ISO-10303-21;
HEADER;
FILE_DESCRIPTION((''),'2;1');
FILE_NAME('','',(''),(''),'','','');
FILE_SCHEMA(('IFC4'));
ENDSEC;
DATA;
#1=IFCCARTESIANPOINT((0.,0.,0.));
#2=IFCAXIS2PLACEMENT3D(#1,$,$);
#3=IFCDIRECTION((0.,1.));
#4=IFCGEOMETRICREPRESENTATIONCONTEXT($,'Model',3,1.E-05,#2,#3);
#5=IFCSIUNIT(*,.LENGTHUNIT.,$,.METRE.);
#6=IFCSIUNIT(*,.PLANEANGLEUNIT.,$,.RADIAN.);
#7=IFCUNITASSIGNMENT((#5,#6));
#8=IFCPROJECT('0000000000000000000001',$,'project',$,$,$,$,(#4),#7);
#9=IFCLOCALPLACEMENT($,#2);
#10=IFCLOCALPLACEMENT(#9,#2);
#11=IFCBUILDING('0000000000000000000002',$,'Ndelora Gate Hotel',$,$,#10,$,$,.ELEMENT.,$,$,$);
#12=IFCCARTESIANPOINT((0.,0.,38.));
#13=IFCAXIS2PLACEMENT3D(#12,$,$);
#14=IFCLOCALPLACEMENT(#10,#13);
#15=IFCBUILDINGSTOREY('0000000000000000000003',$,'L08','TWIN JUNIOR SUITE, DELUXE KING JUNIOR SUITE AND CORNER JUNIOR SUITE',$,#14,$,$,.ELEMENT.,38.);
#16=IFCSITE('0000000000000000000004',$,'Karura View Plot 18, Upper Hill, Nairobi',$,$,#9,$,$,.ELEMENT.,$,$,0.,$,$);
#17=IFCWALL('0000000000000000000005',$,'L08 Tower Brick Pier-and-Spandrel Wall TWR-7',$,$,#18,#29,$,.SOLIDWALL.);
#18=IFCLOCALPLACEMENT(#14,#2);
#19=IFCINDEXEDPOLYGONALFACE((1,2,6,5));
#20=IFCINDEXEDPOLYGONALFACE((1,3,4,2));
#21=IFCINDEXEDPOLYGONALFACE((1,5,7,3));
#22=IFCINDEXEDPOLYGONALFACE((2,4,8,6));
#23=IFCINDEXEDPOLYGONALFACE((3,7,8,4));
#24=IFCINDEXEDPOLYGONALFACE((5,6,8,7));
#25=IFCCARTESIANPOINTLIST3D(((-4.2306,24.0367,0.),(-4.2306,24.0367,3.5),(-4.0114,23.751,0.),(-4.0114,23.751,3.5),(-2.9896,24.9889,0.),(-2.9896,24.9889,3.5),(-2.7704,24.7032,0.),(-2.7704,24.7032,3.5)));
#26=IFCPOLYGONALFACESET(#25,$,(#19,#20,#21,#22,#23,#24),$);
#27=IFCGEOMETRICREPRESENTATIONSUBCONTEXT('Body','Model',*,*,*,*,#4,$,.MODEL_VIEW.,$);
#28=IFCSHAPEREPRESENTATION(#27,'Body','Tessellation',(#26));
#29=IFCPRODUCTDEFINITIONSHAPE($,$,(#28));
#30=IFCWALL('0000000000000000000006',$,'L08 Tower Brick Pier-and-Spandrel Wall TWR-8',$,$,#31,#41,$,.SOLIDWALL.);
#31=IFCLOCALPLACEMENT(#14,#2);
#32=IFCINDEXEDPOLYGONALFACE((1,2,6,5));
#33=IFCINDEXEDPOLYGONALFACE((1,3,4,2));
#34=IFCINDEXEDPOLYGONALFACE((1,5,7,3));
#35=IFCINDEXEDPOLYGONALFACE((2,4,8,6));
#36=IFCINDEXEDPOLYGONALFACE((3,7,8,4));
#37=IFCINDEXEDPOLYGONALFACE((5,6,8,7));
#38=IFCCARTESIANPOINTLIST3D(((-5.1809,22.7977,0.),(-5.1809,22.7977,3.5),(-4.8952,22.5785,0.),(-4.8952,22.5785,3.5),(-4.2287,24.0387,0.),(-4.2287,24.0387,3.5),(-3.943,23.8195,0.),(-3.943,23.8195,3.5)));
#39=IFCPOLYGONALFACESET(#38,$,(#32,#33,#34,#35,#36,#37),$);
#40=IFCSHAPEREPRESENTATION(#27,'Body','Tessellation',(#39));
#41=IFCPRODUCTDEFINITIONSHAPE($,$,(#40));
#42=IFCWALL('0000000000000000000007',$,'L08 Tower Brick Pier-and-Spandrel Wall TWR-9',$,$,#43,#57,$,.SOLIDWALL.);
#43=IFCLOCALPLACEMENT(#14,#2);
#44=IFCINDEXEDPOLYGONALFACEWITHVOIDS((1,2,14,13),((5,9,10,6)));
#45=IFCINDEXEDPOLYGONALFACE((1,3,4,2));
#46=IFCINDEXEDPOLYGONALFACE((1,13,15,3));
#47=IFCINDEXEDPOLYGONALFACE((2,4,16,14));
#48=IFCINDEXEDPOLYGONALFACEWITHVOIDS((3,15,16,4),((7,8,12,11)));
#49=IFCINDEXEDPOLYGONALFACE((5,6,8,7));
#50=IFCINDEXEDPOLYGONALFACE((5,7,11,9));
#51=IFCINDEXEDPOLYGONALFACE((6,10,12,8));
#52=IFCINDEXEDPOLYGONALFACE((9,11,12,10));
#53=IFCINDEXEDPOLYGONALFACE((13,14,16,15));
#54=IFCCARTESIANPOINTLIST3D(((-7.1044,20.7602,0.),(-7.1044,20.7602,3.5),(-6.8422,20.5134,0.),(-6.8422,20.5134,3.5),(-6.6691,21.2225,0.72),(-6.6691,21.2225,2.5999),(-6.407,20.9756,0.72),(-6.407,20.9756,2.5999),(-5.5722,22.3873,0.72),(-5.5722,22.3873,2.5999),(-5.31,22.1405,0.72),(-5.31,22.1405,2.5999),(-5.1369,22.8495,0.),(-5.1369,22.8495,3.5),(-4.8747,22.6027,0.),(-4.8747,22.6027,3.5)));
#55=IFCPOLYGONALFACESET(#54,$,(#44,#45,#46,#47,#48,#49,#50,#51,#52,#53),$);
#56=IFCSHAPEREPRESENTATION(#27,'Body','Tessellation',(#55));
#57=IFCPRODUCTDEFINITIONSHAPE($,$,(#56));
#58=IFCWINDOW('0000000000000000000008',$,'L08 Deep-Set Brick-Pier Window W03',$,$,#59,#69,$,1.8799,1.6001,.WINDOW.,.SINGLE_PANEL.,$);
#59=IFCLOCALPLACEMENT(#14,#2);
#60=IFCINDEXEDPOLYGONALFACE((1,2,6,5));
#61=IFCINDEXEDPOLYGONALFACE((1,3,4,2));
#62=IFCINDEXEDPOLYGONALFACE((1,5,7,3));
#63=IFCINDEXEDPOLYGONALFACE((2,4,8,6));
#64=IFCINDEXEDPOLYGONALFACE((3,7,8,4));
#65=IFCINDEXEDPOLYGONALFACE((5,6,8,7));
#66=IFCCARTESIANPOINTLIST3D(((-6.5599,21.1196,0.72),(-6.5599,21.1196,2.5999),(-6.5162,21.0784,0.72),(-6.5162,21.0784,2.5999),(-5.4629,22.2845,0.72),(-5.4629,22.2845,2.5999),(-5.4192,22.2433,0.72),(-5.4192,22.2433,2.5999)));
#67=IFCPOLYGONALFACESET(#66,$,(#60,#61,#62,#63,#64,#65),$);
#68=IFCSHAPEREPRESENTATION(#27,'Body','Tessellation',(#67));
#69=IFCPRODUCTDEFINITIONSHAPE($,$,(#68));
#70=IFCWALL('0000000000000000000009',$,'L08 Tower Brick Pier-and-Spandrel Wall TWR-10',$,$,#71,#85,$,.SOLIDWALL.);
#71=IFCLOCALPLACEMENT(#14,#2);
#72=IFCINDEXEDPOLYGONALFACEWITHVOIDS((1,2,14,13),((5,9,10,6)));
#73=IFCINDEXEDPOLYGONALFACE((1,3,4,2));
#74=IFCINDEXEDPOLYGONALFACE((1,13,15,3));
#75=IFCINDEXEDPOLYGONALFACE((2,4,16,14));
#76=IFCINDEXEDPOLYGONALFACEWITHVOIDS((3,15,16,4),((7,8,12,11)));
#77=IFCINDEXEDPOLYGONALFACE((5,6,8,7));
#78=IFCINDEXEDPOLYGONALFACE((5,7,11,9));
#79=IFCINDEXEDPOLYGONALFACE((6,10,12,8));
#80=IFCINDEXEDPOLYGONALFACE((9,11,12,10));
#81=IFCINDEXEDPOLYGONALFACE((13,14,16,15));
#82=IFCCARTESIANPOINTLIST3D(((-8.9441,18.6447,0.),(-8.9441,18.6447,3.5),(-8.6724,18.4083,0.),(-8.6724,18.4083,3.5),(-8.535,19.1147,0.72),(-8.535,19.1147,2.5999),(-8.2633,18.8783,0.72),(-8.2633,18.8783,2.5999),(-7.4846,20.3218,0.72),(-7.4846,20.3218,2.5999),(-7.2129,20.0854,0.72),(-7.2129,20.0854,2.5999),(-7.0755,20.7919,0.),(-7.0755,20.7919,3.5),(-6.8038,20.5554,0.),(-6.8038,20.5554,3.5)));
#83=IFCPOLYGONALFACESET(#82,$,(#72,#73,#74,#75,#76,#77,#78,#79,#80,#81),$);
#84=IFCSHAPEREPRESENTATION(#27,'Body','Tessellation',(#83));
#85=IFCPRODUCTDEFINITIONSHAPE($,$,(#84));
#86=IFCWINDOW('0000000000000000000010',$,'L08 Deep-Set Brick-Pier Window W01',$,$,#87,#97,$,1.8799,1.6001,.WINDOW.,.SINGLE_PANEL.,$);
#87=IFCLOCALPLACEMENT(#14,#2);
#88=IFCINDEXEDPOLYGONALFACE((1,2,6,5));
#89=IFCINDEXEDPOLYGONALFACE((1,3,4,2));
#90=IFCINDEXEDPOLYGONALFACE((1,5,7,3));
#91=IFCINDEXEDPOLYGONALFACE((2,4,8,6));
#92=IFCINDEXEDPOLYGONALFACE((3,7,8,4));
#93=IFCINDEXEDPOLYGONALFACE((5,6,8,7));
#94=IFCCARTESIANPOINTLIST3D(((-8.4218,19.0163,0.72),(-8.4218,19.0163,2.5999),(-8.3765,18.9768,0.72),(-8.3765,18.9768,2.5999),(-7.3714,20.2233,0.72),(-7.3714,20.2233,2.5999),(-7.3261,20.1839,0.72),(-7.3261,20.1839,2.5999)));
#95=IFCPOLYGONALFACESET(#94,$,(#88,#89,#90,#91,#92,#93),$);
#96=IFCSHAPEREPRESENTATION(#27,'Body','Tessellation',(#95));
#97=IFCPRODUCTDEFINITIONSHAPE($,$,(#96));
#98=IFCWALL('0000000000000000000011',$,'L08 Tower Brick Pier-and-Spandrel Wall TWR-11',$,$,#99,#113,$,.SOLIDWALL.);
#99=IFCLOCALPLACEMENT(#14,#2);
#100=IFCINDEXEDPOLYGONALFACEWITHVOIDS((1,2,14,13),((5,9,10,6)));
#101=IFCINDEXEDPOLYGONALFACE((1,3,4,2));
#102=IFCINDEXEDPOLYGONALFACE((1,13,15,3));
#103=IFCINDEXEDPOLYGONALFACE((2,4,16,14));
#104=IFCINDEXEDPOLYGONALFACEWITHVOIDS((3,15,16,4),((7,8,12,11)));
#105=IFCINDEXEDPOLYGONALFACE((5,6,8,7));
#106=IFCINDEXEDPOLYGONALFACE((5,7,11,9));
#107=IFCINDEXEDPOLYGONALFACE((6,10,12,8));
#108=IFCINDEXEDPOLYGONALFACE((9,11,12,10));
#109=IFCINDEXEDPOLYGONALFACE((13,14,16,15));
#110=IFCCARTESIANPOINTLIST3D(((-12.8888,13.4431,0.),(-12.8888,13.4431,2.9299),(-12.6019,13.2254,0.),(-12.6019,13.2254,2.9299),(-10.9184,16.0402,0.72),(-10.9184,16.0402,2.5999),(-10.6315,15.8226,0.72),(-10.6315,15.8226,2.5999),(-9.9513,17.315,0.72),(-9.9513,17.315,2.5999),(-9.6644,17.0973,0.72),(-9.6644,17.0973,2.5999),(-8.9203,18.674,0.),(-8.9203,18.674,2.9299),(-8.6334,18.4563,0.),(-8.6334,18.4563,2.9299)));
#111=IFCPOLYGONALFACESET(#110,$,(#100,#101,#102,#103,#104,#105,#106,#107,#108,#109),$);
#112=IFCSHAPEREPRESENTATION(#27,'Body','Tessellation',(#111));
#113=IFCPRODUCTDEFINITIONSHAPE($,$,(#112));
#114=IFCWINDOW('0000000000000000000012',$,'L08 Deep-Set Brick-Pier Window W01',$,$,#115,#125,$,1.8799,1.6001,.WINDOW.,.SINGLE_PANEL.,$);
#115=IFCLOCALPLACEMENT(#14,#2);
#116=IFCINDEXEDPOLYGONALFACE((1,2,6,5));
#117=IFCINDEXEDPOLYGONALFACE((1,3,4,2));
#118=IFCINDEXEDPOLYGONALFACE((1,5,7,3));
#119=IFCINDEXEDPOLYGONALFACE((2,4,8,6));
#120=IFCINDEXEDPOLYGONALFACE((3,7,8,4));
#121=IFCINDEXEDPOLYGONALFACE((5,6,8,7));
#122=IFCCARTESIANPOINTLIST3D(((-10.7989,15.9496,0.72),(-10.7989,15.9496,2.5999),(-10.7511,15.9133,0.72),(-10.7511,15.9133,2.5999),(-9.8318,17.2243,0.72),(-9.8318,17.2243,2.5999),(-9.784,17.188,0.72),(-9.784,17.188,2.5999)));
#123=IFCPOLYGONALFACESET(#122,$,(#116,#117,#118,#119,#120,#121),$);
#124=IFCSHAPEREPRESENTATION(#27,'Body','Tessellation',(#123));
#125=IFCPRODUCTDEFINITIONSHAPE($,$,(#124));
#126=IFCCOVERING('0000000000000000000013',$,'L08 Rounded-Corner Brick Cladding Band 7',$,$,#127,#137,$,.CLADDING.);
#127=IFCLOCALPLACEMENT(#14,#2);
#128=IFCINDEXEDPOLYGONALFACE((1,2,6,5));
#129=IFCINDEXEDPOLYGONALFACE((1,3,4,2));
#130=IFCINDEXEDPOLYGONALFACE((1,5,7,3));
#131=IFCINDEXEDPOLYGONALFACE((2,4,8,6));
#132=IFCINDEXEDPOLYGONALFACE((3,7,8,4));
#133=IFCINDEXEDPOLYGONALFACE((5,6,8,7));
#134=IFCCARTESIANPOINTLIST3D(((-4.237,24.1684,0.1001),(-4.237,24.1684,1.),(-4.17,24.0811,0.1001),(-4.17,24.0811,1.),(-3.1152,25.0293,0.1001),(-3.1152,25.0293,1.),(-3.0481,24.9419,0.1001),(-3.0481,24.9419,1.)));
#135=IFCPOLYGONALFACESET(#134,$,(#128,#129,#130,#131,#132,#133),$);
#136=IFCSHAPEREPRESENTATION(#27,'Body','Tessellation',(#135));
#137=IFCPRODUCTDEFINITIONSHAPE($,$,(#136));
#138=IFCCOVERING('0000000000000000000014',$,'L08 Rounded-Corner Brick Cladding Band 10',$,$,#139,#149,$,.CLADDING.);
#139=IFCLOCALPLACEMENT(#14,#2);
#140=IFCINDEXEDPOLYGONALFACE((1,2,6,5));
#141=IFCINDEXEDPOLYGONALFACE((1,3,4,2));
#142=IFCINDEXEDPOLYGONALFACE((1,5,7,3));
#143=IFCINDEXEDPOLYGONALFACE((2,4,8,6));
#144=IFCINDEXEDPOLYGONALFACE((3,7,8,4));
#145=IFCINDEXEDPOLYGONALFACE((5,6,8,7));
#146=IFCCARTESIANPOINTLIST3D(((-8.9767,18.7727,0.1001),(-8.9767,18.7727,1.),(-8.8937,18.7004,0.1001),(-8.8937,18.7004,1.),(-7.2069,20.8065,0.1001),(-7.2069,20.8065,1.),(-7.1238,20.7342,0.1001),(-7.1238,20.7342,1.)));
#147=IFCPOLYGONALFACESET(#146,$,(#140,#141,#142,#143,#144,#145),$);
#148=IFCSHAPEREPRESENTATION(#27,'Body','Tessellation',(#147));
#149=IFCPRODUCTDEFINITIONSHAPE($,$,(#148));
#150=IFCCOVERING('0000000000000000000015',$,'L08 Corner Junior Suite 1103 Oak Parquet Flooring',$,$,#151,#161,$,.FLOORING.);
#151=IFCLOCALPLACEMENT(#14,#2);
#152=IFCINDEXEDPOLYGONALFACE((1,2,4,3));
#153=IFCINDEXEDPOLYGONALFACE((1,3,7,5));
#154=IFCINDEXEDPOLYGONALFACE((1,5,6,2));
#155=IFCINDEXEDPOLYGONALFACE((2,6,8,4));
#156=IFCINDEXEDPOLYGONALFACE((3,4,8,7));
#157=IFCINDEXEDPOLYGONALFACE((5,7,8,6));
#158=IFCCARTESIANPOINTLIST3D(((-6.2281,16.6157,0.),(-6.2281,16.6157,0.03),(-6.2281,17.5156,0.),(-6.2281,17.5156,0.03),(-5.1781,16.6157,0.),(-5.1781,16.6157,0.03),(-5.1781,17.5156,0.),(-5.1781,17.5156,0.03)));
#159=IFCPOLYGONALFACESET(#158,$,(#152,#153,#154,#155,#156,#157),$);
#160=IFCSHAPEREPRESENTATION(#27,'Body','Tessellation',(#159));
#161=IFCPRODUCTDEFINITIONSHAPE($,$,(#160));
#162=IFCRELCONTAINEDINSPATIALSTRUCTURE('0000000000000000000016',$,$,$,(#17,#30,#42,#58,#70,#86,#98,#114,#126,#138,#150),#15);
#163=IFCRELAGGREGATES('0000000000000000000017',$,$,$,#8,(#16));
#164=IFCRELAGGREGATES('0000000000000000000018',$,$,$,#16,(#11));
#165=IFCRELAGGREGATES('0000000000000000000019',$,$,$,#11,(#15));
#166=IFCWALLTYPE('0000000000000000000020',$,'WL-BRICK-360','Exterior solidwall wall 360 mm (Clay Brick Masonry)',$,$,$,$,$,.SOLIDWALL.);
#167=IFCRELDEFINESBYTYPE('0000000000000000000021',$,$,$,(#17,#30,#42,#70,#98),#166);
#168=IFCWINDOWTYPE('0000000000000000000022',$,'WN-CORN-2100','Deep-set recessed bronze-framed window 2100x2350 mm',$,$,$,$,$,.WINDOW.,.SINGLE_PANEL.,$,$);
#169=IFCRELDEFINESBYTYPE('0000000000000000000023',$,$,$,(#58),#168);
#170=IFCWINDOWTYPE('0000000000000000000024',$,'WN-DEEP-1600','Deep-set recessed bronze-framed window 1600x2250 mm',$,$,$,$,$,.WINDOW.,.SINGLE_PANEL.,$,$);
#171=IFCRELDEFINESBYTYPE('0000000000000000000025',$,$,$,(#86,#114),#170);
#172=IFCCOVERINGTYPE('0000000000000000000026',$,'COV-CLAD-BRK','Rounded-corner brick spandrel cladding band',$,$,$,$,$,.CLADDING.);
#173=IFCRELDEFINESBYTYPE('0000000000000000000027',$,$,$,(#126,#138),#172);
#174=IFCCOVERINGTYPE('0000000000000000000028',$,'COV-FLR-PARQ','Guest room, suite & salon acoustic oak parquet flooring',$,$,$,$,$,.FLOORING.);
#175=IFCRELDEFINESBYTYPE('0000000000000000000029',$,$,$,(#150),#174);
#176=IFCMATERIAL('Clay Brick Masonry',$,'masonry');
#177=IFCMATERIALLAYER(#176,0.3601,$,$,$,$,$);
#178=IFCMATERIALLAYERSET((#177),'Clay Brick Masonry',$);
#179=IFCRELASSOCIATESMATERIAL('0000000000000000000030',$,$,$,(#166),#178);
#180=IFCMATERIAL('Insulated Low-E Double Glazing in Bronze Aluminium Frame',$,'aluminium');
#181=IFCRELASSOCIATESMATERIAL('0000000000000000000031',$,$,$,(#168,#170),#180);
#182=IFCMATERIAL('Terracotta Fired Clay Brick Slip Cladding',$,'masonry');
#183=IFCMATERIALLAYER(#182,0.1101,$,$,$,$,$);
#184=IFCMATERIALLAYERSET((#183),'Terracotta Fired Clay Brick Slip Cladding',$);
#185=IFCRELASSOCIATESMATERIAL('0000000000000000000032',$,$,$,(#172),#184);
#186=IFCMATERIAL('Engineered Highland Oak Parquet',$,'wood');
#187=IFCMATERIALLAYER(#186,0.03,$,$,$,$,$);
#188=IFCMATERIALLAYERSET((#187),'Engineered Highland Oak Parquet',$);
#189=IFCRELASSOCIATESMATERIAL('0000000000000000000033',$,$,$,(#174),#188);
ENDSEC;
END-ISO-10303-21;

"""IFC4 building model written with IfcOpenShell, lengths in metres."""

from ifc_helpers import new_model, si_unit, direction, frame, frame_2d, origin, origin_2d, place, context, subcontext, project, spatial, rectangle, extrude, material, layer, layer_set, type_object, element, fill, save


model = new_model("IFC4")

# Units and contexts
model_context = context("Model", 3, precision=1e-05, world=origin(), true_north=direction((0.0, 1.0)))
body_context = subcontext(model_context, "Body", "Model", "MODEL_VIEW")
ifc_project = project(units=[si_unit("LENGTHUNIT", "METRE"), si_unit("PLANEANGLEUNIT", "RADIAN")], contexts=[model_context])

# Site, building, storey
site_placement = place(None, origin())
site = spatial("IfcSite", under=ifc_project, at=site_placement, Name="Karura View Plot 18, Upper Hill, Nairobi", CompositionType="ELEMENT", RefElevation=0.0)
building_placement = place(site_placement, origin())
building = spatial("IfcBuilding", under=site, at=building_placement, Name="Ndelora Gate Hotel", CompositionType="ELEMENT")
storey_placement = place(building_placement, frame((0.0, 0.0, 38.0)))
storey = spatial("IfcBuildingStorey", under=building, at=storey_placement, Name="L08", Description="TWIN JUNIOR SUITE, DELUXE KING JUNIOR SUITE AND CORNER JUNIOR SUITE", CompositionType="ELEMENT", Elevation=38.0)

# Walls
ifc_material_1 = material(Name="Clay Brick Masonry", Category="masonry")
ifc_layer_1 = layer(ifc_material_1, 0.3601)
ifc_layer_set_1 = layer_set([ifc_layer_1], Name="Clay Brick Masonry")
wall_type = type_object("IfcWallType", Name="WL-BRICK-360", Description="Exterior solidwall wall 360 mm (Clay Brick Masonry)", PredefinedType="SOLIDWALL", material=ifc_layer_set_1)
for number, where, z_axis, x_axis, name in (
    (1, (-4.1211, 23.8938, 0.0), (0.0, 0.0, 1.0), (0.793378, 0.60873, 0.0), "L08 Tower Brick Pier-and-Spandrel Wall TWR-7"),
    (2, (-5.0381, 22.688, 0.0), (0.0, 0.0, 1.0), (0.60873, 0.793378, 0.0), "L08 Tower Brick Pier-and-Spandrel Wall TWR-8"),
):
    element("IfcWall", number, at=place(storey_placement, frame(where, z_axis=z_axis, x_axis=x_axis)), inside=storey, type_object=wall_type, Name=name, PredefinedType="SOLIDWALL", context=body_context, shape_type="SweptSolid", body=[
        extrude(rectangle(XDim=1.5642, YDim=0.3601, at=frame_2d((0.7822, 0.0))), origin(), (0.0, 0.0, 1.0), 3.5),
    ])

# Walls, openings, windows
wall_1_placement = place(storey_placement, frame((-6.9734, 20.6367, 0.0), z_axis=(0.0, 0.0, 1.0), x_axis=(0.685564, 0.728013, 0.0)))
wall_1 = element("IfcWall", 3, at=wall_1_placement, inside=storey, type_object=wall_type, Name="L08 Tower Brick Pier-and-Spandrel Wall TWR-9", PredefinedType="SOLIDWALL", context=body_context, shape_type="SweptSolid", body=[
    extrude(rectangle(XDim=2.8699, YDim=0.3601, at=frame_2d((1.4351, 0.0))), origin(), (0.0, 0.0, 1.0), 3.5),
])
opening_1_placement = place(wall_1_placement, frame((0.635, 0.0, 0.72)))
opening_1 = element("IfcOpeningElement", 4, at=opening_1_placement, cuts=wall_1, PredefinedType="OPENING", context=body_context, shape_type="SweptSolid", body=[
    extrude(rectangle(XDim=1.6001, YDim=1.8799, at=frame_2d((0.8, 0.9399))), frame((0.0, 0.1899, 0.0), z_axis=(0.0, -1.0, 0.0), x_axis=(1.0, 0.0, 0.0)), (0.0, 0.0, 1.0), 0.3801),
])
ifc_material_2 = material(Name="Insulated Low-E Double Glazing in Bronze Aluminium Frame", Category="aluminium")
window_type_1 = type_object("IfcWindowType", Name="WN-CORN-2100", Description="Deep-set recessed bronze-framed window 2100x2350 mm", PartitioningType="SINGLE_PANEL", PredefinedType="WINDOW", material=ifc_material_2)
window_1_placement = place(opening_1_placement, origin())
window_1 = element("IfcWindow", 5, at=window_1_placement, inside=storey, type_object=window_type_1, Name="L08 Deep-Set Brick-Pier Window W03", OverallHeight=1.8799, OverallWidth=1.6001, PartitioningType="SINGLE_PANEL", PredefinedType="WINDOW", context=body_context, shape_type="SweptSolid", body=[
    extrude(rectangle(XDim=1.6001, YDim=1.8799, at=frame_2d((0.8, 0.9399))), frame((0.0, 0.03, 0.0), z_axis=(0.0, -1.0, 0.0), x_axis=(1.0, 0.0, 0.0)), (0.0, 0.0, 1.0), 0.0601),
])
fill(opening_1, window_1)
wall_2_placement = place(storey_placement, frame((-8.8083, 18.5264, 0.0), z_axis=(0.0, 0.0, 1.0), x_axis=(0.65648, 0.754343, 0.0)))
wall_2 = element("IfcWall", 6, at=wall_2_placement, inside=storey, type_object=wall_type, Name="L08 Tower Brick Pier-and-Spandrel Wall TWR-10", PredefinedType="SOLIDWALL", context=body_context, shape_type="SweptSolid", body=[
    extrude(rectangle(XDim=2.8464, YDim=0.3601, at=frame_2d((1.4233, 0.0))), origin(), (0.0, 0.0, 1.0), 3.5),
])
opening_2_placement = place(wall_2_placement, frame((0.6233, 0.0, 0.72)))
opening_2 = element("IfcOpeningElement", 7, at=opening_2_placement, cuts=wall_2, PredefinedType="OPENING", context=body_context, shape_type="SweptSolid", body=[
    extrude(rectangle(XDim=1.6001, YDim=1.8799, at=frame_2d((0.8, 0.9399))), frame((0.0, 0.1899, 0.0), z_axis=(0.0, -1.0, 0.0), x_axis=(1.0, 0.0, 0.0)), (0.0, 0.0, 1.0), 0.3801),
])
window_type_2 = type_object("IfcWindowType", Name="WN-DEEP-1600", Description="Deep-set recessed bronze-framed window 1600x2250 mm", PartitioningType="SINGLE_PANEL", PredefinedType="WINDOW", material=ifc_material_2)
window_2_placement = place(opening_2_placement, origin())
window_2 = element("IfcWindow", 8, at=window_2_placement, inside=storey, type_object=window_type_2, Name="L08 Deep-Set Brick-Pier Window W01", OverallHeight=1.8799, OverallWidth=1.6001, PartitioningType="SINGLE_PANEL", PredefinedType="WINDOW", context=body_context, shape_type="SweptSolid", body=[
    extrude(rectangle(XDim=1.6001, YDim=1.8799, at=frame_2d((0.8, 0.9399))), frame((0.0, 0.03, 0.0), z_axis=(0.0, -1.0, 0.0), x_axis=(1.0, 0.0, 0.0)), (0.0, 0.0, 1.0), 0.0601),
])
fill(opening_2, window_2)
wall_3_placement = place(storey_placement, frame((-12.7454, 13.3342, 0.0), z_axis=(0.0, 0.0, 1.0), x_axis=(0.604405, 0.796677, 0.0)))
wall_3 = element("IfcWall", 9, at=wall_3_placement, inside=storey, type_object=wall_type, Name="L08 Tower Brick Pier-and-Spandrel Wall TWR-11", PredefinedType="SOLIDWALL", context=body_context, shape_type="SweptSolid", body=[
    extrude(rectangle(XDim=6.5659, YDim=0.3601, at=frame_2d((3.283, 0.0))), origin(), (0.0, 0.0, 1.0), 2.9299),
])
opening_3_placement = place(wall_3_placement, frame((3.26, 0.0, 0.72)))
opening_3 = element("IfcOpeningElement", 10, at=opening_3_placement, cuts=wall_3, PredefinedType="OPENING", context=body_context, shape_type="SweptSolid", body=[
    extrude(rectangle(XDim=1.6001, YDim=1.8799, at=frame_2d((0.8, 0.9399))), frame((0.0, 0.1899, 0.0), z_axis=(0.0, -1.0, 0.0), x_axis=(1.0, 0.0, 0.0)), (0.0, 0.0, 1.0), 0.3801),
])
window_3_placement = place(opening_3_placement, origin())
window_3 = element("IfcWindow", 11, at=window_3_placement, inside=storey, type_object=window_type_2, Name="L08 Deep-Set Brick-Pier Window W01", OverallHeight=1.8799, OverallWidth=1.6001, PartitioningType="SINGLE_PANEL", PredefinedType="WINDOW", context=body_context, shape_type="SweptSolid", body=[
    extrude(rectangle(XDim=1.6001, YDim=1.8799, at=frame_2d((0.8, 0.9399))), frame((0.0, 0.03, 0.0), z_axis=(0.0, -1.0, 0.0), x_axis=(1.0, 0.0, 0.0)), (0.0, 0.0, 1.0), 0.0601),
])
fill(opening_3, window_3)

# Coverings
ifc_material_3 = material(Name="Terracotta Fired Clay Brick Slip Cladding", Category="masonry")
ifc_layer_2 = layer(ifc_material_3, 0.1101)
ifc_layer_set_2 = layer_set([ifc_layer_2], Name="Terracotta Fired Clay Brick Slip Cladding")
covering_type_1 = type_object("IfcCoveringType", Name="COV-CLAD-BRK", Description="Rounded-corner brick spandrel cladding band", PredefinedType="CLADDING", material=ifc_layer_set_2)
covering_1_placement = place(storey_placement, frame((-3.6426, 24.5552, 0.1001), z_axis=(0.0, 0.0, 1.0), x_axis=(0.793353, 0.608761, 0.0)))
element("IfcCovering", 12, at=covering_1_placement, inside=storey, type_object=covering_type_1, Name="L08 Rounded-Corner Brick Cladding Band 7", PredefinedType="CLADDING", context=body_context, shape_type="SweptSolid", body=[
    extrude(rectangle(XDim=1.4141, YDim=0.1101, at=origin_2d()), origin(), (0.0, 0.0, 1.0), 0.8999),
])
covering_2_placement = place(storey_placement, frame((-8.0503, 19.7534, 0.1001), z_axis=(0.0, 0.0, 1.0), x_axis=(0.656454, 0.754366, 0.0)))
element("IfcCovering", 13, at=covering_2_placement, inside=storey, type_object=covering_type_1, Name="L08 Rounded-Corner Brick Cladding Band 10", PredefinedType="CLADDING", context=body_context, shape_type="SweptSolid", body=[
    extrude(rectangle(XDim=2.696, YDim=0.1101, at=origin_2d()), origin(), (0.0, 0.0, 1.0), 0.8999),
])
ifc_material_4 = material(Name="Engineered Highland Oak Parquet", Category="wood")
ifc_layer_3 = layer(ifc_material_4, 0.03)
ifc_layer_set_3 = layer_set([ifc_layer_3], Name="Engineered Highland Oak Parquet")
covering_type_2 = type_object("IfcCoveringType", Name="COV-FLR-PARQ", Description="Guest room, suite & salon acoustic oak parquet flooring", PredefinedType="FLOORING", material=ifc_layer_set_3)
covering_3_placement = place(storey_placement, frame((-5.7031, 17.0657, 0.0), z_axis=(0.0, 0.0, 1.0), x_axis=(1.0, 0.0, 0.0)))
element("IfcCovering", 14, at=covering_3_placement, inside=storey, type_object=covering_type_2, Name="L08 Corner Junior Suite 1103 Oak Parquet Flooring", PredefinedType="FLOORING", context=body_context, shape_type="SweptSolid", body=[
    extrude(rectangle(XDim=1.05, YDim=0.8999, at=origin_2d()), origin(), (0.0, 0.0, 1.0), 0.03),
])

save(model, "model.ifc")
